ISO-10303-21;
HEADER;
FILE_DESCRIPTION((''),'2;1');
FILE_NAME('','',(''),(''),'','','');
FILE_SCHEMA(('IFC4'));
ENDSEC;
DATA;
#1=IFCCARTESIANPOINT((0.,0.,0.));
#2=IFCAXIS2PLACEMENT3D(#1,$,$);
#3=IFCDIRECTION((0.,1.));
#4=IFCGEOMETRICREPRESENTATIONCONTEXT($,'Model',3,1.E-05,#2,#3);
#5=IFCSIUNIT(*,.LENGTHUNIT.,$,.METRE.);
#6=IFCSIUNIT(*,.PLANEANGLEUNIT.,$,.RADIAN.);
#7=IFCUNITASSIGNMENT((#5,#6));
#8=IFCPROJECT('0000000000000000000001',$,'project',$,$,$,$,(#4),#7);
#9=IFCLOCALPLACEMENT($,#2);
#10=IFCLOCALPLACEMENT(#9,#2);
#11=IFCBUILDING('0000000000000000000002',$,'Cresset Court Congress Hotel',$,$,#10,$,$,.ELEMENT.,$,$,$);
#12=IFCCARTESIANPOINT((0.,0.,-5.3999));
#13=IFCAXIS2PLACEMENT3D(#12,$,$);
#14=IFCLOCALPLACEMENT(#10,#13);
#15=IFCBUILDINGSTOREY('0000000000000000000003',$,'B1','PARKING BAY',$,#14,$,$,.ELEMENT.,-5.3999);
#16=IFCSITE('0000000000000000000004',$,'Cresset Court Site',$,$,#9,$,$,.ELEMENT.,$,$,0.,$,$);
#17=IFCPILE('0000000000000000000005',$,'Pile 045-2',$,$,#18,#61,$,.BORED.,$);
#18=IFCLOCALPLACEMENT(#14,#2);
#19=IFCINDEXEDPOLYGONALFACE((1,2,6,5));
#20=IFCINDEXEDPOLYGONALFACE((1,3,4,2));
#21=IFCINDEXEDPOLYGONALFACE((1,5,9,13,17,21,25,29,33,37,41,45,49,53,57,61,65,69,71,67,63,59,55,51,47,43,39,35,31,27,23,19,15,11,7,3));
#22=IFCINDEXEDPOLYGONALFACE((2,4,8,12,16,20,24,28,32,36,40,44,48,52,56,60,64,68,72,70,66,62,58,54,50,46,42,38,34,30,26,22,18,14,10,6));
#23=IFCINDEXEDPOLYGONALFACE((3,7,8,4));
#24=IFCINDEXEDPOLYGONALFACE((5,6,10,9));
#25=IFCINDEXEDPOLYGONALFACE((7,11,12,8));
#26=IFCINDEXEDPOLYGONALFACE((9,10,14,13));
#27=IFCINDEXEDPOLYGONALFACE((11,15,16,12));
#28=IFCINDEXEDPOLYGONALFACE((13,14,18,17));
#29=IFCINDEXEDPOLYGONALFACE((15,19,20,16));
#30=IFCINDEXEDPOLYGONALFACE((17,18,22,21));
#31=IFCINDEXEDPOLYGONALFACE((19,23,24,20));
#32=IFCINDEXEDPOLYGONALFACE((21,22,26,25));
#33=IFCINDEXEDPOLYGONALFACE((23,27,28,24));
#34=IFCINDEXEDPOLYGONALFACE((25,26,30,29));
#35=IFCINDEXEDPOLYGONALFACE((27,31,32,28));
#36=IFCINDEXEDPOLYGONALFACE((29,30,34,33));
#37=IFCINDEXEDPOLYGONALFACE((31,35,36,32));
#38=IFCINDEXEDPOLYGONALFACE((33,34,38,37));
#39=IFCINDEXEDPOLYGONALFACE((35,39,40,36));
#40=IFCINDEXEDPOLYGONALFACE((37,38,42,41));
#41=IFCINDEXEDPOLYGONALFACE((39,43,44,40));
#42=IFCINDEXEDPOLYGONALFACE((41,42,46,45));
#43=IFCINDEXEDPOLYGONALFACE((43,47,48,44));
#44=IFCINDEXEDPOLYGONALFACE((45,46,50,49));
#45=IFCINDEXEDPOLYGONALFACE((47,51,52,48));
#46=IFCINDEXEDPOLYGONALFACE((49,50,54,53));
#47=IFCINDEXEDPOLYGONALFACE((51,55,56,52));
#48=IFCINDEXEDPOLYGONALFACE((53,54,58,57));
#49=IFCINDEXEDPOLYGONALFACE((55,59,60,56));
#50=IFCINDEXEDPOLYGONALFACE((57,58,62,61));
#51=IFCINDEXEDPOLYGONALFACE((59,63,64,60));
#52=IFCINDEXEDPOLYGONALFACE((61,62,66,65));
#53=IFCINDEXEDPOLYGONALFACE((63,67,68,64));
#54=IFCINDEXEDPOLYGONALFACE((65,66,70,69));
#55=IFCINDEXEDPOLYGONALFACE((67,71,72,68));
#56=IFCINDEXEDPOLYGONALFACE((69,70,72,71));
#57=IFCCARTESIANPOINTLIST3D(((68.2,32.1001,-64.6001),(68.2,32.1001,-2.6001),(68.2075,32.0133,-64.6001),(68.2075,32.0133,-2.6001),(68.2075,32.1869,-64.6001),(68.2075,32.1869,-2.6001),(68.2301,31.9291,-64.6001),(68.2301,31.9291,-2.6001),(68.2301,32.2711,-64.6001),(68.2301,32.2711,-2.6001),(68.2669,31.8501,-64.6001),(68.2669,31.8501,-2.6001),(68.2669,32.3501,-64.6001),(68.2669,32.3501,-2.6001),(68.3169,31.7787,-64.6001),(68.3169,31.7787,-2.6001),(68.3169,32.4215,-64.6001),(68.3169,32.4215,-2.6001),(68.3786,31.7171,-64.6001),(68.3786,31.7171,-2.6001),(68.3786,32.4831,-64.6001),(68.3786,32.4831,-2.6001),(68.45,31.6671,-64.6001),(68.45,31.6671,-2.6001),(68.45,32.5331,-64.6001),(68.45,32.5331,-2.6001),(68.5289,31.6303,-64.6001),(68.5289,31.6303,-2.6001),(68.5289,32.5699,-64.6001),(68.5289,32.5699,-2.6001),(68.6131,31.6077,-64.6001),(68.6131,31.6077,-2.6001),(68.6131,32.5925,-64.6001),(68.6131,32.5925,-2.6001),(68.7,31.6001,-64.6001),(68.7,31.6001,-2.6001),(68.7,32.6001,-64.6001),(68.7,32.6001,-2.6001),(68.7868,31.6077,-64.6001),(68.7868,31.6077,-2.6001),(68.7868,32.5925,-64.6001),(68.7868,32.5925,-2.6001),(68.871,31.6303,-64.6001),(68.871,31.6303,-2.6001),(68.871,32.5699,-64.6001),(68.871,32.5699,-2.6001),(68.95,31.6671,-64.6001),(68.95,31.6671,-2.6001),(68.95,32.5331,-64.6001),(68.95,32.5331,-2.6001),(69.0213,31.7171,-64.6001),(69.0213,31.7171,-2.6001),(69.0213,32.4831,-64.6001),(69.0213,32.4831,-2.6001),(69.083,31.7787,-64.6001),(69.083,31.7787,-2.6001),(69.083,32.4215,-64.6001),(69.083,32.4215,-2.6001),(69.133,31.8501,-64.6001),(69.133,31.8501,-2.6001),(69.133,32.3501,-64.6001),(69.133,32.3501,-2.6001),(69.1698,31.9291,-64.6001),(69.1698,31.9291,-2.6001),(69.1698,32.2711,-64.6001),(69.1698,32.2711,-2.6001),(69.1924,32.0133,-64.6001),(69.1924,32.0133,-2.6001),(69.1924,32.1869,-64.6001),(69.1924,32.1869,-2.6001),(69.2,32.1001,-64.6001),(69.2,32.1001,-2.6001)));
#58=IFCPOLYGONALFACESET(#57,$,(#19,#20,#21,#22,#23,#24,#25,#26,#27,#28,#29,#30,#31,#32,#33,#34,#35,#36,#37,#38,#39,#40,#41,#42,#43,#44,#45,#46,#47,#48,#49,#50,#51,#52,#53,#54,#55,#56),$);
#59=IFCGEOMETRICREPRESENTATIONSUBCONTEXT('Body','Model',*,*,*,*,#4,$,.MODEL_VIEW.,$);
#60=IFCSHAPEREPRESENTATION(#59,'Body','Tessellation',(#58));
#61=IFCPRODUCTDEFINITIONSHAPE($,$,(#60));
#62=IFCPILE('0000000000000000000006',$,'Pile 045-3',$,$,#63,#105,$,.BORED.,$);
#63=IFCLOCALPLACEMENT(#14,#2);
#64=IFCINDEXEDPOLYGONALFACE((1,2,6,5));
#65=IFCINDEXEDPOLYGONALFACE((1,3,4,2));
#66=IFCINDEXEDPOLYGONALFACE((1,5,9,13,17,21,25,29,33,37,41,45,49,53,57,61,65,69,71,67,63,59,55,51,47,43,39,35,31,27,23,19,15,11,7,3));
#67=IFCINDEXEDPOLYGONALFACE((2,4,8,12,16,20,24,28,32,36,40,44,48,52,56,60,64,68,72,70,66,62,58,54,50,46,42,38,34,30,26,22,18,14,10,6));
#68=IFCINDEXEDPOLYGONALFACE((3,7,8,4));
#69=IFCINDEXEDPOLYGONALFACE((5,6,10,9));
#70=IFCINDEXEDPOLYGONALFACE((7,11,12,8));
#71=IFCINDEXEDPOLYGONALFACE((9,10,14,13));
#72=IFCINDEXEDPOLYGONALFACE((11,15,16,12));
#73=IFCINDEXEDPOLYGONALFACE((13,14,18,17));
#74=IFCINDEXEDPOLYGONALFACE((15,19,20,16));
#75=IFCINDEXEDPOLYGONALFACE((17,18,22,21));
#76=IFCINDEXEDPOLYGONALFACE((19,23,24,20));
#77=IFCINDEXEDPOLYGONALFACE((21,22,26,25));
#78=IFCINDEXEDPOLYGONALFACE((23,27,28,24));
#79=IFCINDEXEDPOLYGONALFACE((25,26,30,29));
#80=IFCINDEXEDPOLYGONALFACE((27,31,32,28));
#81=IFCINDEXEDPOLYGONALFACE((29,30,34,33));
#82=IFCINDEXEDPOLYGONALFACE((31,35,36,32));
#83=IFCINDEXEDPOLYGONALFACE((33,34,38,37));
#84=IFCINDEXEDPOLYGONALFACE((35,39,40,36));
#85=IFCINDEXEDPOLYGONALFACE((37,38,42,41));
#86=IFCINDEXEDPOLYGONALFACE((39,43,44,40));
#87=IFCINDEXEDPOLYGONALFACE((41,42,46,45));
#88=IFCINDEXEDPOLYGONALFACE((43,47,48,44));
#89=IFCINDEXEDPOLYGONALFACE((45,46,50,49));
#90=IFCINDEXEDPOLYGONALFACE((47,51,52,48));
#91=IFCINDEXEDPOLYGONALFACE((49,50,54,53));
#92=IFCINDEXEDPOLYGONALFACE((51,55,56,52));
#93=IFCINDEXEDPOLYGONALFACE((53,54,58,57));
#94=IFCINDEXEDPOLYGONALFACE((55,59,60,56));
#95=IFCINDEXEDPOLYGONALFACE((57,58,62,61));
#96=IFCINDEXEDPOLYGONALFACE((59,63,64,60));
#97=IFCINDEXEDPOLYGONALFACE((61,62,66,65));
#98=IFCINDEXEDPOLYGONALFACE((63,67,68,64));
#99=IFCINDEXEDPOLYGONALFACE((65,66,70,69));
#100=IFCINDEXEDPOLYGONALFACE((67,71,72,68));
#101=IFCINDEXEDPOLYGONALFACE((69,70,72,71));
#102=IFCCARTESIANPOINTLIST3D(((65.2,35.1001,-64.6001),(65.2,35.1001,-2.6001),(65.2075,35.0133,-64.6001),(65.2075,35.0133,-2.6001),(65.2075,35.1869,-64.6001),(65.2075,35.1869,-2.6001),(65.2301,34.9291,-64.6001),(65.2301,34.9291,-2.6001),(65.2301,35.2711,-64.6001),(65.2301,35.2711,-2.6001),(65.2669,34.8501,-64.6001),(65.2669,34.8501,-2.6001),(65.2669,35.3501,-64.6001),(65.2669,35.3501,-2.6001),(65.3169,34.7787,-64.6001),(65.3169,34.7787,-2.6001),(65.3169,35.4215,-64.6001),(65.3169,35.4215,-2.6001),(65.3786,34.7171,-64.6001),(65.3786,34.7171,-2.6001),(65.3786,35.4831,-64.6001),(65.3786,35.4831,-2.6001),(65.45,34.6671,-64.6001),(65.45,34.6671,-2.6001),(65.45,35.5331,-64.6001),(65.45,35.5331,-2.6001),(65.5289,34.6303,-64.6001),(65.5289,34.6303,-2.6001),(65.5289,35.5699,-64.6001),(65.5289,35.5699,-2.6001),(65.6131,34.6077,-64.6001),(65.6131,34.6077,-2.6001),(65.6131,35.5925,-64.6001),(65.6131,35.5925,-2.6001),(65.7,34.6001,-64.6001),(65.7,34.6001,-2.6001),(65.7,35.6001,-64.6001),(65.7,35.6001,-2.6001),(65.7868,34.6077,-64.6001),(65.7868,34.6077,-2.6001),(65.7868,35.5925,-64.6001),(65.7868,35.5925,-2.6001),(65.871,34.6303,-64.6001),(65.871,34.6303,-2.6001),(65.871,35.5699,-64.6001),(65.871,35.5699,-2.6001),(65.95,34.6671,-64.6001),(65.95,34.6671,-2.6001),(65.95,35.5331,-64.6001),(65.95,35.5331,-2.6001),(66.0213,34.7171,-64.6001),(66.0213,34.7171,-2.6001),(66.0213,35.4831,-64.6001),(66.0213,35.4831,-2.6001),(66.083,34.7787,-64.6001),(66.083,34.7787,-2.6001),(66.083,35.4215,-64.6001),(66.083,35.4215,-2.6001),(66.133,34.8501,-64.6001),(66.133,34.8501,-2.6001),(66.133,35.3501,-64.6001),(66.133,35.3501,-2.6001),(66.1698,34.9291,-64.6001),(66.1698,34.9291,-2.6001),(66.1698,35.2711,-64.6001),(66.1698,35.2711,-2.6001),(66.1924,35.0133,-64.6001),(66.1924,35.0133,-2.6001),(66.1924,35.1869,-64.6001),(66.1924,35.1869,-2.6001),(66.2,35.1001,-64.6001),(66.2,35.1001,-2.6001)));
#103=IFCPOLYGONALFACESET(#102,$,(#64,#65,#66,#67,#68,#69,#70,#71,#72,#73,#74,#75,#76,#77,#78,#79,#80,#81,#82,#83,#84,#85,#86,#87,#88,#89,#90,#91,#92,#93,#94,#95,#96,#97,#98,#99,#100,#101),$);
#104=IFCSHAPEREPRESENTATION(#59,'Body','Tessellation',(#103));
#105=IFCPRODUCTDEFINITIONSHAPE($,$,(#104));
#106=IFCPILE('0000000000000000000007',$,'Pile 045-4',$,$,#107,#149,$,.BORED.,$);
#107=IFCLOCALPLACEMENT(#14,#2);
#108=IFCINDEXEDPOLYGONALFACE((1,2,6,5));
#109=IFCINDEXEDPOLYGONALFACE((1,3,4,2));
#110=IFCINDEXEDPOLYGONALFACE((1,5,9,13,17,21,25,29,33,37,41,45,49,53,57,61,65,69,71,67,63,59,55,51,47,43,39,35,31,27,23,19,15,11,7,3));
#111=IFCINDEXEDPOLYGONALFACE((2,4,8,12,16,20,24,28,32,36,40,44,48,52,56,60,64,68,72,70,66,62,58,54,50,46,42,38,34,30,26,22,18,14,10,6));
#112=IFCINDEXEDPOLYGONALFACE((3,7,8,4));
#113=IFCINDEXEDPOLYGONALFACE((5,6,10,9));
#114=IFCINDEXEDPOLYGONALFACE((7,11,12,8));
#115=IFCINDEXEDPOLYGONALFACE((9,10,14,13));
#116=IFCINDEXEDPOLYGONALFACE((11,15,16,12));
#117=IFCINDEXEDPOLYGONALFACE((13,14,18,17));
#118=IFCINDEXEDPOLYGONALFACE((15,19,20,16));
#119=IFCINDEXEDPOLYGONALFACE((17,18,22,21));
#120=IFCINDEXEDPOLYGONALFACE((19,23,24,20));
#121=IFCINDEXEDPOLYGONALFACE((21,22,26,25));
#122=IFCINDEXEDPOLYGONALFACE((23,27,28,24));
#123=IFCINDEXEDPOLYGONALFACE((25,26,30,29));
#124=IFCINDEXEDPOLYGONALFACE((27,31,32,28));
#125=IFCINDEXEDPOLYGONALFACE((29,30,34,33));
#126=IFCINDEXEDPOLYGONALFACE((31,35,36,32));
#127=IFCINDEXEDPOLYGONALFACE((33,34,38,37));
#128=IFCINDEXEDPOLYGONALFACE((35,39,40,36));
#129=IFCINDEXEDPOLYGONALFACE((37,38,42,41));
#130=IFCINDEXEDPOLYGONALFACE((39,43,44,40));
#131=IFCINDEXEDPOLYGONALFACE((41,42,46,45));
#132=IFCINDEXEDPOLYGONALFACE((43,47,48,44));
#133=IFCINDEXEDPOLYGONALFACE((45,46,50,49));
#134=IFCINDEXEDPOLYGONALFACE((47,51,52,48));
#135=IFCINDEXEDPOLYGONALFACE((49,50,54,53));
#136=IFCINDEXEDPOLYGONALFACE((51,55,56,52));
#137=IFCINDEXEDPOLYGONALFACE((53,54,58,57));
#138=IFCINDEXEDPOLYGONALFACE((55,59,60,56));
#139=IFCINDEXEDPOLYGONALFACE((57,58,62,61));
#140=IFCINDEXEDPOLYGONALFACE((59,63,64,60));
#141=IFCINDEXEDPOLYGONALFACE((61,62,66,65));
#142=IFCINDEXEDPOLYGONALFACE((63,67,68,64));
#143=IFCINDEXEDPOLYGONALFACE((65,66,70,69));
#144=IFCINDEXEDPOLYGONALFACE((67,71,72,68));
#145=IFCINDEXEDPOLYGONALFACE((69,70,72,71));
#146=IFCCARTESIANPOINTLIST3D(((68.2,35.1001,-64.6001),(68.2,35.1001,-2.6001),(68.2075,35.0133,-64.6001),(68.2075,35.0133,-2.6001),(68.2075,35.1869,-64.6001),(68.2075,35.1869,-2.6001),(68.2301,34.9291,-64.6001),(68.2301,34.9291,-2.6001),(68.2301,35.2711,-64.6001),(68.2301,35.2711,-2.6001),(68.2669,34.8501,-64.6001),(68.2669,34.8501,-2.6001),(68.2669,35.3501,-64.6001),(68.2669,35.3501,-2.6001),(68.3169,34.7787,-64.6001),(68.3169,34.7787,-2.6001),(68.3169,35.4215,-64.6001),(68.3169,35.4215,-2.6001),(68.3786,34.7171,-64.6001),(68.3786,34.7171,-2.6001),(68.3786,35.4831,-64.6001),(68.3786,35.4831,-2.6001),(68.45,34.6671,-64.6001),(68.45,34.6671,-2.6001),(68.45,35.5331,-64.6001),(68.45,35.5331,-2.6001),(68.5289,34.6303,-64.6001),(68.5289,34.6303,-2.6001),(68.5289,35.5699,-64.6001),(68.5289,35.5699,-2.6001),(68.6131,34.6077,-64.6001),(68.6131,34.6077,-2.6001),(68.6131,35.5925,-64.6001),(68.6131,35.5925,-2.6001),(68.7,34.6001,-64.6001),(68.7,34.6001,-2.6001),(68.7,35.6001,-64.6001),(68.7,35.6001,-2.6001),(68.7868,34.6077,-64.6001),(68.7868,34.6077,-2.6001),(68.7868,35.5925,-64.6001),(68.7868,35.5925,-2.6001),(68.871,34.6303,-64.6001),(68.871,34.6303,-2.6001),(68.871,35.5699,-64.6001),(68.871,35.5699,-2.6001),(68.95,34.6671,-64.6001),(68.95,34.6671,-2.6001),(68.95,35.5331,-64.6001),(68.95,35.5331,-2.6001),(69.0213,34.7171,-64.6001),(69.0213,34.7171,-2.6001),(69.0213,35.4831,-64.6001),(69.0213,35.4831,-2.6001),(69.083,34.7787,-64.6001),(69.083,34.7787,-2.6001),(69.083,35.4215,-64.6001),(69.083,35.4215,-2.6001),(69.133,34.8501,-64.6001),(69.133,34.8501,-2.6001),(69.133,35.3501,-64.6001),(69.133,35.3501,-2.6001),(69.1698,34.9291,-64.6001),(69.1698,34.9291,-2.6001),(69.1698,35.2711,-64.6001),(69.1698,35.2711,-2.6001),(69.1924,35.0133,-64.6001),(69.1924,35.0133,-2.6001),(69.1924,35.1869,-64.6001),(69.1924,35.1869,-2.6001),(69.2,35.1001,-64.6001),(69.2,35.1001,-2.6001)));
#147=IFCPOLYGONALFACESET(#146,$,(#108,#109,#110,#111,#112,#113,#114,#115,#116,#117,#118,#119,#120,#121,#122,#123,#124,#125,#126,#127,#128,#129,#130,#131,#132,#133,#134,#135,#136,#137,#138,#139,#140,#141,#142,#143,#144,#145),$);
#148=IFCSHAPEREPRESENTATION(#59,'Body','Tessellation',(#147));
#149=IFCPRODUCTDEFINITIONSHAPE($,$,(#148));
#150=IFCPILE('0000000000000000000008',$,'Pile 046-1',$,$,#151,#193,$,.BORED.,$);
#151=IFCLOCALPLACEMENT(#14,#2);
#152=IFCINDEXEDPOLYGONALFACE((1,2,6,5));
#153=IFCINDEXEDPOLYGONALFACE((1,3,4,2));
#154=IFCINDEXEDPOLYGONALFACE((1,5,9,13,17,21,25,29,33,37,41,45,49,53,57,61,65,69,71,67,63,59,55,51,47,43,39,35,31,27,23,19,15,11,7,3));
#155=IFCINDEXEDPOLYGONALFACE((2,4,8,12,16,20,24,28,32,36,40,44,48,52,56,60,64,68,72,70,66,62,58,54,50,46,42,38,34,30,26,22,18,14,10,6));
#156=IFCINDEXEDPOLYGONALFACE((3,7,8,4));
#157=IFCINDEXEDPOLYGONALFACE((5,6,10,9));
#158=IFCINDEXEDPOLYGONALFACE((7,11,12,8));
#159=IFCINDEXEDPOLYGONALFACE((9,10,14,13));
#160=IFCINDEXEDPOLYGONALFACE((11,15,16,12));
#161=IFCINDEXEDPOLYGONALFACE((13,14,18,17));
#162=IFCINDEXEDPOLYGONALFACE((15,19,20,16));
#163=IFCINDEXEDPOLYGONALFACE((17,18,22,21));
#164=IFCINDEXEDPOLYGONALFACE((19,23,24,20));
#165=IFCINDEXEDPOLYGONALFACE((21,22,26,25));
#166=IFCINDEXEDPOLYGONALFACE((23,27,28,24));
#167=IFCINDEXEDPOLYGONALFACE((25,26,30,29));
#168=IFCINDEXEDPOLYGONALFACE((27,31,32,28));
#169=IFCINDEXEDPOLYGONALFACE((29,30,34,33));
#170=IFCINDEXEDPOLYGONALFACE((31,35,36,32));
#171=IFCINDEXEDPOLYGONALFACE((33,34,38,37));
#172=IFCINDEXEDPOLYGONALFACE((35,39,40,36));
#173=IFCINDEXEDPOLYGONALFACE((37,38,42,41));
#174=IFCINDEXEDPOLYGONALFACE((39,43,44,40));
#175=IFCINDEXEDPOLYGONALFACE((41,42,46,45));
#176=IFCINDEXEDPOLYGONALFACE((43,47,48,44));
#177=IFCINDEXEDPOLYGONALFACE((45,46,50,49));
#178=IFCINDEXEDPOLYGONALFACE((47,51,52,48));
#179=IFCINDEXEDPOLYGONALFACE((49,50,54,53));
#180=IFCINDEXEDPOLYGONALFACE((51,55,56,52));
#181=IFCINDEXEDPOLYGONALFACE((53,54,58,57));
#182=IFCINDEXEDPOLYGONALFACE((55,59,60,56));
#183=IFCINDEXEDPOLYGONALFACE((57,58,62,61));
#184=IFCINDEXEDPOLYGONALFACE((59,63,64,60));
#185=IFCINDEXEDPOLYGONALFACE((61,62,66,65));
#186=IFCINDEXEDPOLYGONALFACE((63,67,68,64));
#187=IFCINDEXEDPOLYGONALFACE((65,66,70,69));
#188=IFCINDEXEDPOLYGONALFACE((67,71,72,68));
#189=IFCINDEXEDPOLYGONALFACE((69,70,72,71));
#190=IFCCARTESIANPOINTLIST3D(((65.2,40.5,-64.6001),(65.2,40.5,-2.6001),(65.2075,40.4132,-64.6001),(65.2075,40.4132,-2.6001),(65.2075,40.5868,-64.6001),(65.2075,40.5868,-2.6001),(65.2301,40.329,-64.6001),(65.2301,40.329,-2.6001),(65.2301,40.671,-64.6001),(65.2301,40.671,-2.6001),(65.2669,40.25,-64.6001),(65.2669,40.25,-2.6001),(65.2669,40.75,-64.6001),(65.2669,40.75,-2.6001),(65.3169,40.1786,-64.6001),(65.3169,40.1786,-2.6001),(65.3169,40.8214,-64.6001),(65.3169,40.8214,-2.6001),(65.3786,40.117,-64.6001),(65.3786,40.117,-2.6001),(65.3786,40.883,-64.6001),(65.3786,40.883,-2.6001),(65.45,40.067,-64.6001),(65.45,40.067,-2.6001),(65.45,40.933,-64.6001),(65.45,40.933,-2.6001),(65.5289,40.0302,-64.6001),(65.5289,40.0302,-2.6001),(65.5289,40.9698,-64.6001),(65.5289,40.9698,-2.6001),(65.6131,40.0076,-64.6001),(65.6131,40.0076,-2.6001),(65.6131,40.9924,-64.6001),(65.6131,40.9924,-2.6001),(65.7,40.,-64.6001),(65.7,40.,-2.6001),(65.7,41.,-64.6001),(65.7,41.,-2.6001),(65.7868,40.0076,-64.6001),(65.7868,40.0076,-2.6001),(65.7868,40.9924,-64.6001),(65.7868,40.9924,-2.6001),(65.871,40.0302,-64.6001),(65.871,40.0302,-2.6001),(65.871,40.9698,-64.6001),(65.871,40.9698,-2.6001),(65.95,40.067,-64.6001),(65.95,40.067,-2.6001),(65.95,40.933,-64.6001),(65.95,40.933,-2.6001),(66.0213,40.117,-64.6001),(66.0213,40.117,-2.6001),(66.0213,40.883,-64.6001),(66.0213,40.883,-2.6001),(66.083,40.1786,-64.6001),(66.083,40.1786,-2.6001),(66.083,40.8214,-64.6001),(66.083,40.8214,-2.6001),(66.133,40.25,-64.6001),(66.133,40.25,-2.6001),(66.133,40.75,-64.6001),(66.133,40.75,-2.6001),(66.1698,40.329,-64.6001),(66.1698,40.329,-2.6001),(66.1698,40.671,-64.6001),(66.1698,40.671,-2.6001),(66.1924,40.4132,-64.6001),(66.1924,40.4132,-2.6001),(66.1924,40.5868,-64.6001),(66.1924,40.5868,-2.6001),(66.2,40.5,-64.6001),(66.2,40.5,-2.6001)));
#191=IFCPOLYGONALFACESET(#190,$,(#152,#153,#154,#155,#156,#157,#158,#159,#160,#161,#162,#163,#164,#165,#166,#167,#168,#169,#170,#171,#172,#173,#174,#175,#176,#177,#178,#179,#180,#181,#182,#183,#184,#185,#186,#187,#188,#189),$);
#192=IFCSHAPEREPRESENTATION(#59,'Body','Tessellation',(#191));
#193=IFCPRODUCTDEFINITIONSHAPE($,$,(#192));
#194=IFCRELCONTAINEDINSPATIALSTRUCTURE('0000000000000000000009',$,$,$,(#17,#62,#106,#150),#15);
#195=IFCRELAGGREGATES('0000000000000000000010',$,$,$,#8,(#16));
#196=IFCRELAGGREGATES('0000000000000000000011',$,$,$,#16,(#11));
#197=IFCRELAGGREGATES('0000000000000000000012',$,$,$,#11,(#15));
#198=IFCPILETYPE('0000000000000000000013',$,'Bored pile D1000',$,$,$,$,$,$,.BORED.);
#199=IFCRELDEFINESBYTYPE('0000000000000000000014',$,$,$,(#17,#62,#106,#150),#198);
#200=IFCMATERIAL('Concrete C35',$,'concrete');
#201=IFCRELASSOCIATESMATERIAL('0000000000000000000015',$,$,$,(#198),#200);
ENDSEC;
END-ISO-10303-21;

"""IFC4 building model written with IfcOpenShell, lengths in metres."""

from ifc_helpers import new_model, si_unit, direction, frame, origin, origin_2d, place, context, subcontext, project, spatial, circle, extrude, material, type_object, element, save


model = new_model("IFC4")

# Units and contexts
model_context = context("Model", 3, precision=1e-05, world=origin(), true_north=direction((0.0, 1.0)))
body_context = subcontext(model_context, "Body", "Model", "MODEL_VIEW")
ifc_project = project(units=[si_unit("LENGTHUNIT", "METRE"), si_unit("PLANEANGLEUNIT", "RADIAN")], contexts=[model_context])

# Site, building, storey
site_placement = place(None, origin())
site = spatial("IfcSite", under=ifc_project, at=site_placement, Name="Cresset Court Site", CompositionType="ELEMENT", RefElevation=0.0)
building_placement = place(site_placement, origin())
building = spatial("IfcBuilding", under=site, at=building_placement, Name="Cresset Court Congress Hotel", CompositionType="ELEMENT")
storey_placement = place(building_placement, frame((0.0, 0.0, -5.3999)))
storey = spatial("IfcBuildingStorey", under=building, at=storey_placement, Name="B1", Description="PARKING BAY", CompositionType="ELEMENT", Elevation=-5.3999)

# Piles
ifc_material_1 = material(Name="Concrete C35", Category="concrete")
pile_type = type_object("IfcPileType", Name="Bored pile D1000", PredefinedType="BORED", material=ifc_material_1)
for number, where, z_axis, x_axis, name in (
    (1, (68.7, 32.1001, -2.6001), (0.0, 0.0, -1.0), (1.0, 0.0, 0.0), "Pile 045-2"),
    (2, (65.7, 35.1001, -2.6001), (0.0, 0.0, -1.0), (1.0, 0.0, 0.0), "Pile 045-3"),
    (3, (68.7, 35.1001, -2.6001), (0.0, 0.0, -1.0), (1.0, 0.0, 0.0), "Pile 045-4"),
    (4, (65.7, 40.5, -2.6001), (0.0, 0.0, -1.0), (1.0, 0.0, 0.0), "Pile 046-1"),
):
    element("IfcPile", number, at=place(storey_placement, frame(where, z_axis=z_axis, x_axis=x_axis)), inside=storey, type_object=pile_type, Name=name, PredefinedType="BORED", context=body_context, shape_type="SweptSolid", body=[
        extrude(circle(Radius=0.5, at=origin_2d()), origin(), (0.0, 0.0, 1.0), 62.0),
    ])

save(model, "model.ifc")
